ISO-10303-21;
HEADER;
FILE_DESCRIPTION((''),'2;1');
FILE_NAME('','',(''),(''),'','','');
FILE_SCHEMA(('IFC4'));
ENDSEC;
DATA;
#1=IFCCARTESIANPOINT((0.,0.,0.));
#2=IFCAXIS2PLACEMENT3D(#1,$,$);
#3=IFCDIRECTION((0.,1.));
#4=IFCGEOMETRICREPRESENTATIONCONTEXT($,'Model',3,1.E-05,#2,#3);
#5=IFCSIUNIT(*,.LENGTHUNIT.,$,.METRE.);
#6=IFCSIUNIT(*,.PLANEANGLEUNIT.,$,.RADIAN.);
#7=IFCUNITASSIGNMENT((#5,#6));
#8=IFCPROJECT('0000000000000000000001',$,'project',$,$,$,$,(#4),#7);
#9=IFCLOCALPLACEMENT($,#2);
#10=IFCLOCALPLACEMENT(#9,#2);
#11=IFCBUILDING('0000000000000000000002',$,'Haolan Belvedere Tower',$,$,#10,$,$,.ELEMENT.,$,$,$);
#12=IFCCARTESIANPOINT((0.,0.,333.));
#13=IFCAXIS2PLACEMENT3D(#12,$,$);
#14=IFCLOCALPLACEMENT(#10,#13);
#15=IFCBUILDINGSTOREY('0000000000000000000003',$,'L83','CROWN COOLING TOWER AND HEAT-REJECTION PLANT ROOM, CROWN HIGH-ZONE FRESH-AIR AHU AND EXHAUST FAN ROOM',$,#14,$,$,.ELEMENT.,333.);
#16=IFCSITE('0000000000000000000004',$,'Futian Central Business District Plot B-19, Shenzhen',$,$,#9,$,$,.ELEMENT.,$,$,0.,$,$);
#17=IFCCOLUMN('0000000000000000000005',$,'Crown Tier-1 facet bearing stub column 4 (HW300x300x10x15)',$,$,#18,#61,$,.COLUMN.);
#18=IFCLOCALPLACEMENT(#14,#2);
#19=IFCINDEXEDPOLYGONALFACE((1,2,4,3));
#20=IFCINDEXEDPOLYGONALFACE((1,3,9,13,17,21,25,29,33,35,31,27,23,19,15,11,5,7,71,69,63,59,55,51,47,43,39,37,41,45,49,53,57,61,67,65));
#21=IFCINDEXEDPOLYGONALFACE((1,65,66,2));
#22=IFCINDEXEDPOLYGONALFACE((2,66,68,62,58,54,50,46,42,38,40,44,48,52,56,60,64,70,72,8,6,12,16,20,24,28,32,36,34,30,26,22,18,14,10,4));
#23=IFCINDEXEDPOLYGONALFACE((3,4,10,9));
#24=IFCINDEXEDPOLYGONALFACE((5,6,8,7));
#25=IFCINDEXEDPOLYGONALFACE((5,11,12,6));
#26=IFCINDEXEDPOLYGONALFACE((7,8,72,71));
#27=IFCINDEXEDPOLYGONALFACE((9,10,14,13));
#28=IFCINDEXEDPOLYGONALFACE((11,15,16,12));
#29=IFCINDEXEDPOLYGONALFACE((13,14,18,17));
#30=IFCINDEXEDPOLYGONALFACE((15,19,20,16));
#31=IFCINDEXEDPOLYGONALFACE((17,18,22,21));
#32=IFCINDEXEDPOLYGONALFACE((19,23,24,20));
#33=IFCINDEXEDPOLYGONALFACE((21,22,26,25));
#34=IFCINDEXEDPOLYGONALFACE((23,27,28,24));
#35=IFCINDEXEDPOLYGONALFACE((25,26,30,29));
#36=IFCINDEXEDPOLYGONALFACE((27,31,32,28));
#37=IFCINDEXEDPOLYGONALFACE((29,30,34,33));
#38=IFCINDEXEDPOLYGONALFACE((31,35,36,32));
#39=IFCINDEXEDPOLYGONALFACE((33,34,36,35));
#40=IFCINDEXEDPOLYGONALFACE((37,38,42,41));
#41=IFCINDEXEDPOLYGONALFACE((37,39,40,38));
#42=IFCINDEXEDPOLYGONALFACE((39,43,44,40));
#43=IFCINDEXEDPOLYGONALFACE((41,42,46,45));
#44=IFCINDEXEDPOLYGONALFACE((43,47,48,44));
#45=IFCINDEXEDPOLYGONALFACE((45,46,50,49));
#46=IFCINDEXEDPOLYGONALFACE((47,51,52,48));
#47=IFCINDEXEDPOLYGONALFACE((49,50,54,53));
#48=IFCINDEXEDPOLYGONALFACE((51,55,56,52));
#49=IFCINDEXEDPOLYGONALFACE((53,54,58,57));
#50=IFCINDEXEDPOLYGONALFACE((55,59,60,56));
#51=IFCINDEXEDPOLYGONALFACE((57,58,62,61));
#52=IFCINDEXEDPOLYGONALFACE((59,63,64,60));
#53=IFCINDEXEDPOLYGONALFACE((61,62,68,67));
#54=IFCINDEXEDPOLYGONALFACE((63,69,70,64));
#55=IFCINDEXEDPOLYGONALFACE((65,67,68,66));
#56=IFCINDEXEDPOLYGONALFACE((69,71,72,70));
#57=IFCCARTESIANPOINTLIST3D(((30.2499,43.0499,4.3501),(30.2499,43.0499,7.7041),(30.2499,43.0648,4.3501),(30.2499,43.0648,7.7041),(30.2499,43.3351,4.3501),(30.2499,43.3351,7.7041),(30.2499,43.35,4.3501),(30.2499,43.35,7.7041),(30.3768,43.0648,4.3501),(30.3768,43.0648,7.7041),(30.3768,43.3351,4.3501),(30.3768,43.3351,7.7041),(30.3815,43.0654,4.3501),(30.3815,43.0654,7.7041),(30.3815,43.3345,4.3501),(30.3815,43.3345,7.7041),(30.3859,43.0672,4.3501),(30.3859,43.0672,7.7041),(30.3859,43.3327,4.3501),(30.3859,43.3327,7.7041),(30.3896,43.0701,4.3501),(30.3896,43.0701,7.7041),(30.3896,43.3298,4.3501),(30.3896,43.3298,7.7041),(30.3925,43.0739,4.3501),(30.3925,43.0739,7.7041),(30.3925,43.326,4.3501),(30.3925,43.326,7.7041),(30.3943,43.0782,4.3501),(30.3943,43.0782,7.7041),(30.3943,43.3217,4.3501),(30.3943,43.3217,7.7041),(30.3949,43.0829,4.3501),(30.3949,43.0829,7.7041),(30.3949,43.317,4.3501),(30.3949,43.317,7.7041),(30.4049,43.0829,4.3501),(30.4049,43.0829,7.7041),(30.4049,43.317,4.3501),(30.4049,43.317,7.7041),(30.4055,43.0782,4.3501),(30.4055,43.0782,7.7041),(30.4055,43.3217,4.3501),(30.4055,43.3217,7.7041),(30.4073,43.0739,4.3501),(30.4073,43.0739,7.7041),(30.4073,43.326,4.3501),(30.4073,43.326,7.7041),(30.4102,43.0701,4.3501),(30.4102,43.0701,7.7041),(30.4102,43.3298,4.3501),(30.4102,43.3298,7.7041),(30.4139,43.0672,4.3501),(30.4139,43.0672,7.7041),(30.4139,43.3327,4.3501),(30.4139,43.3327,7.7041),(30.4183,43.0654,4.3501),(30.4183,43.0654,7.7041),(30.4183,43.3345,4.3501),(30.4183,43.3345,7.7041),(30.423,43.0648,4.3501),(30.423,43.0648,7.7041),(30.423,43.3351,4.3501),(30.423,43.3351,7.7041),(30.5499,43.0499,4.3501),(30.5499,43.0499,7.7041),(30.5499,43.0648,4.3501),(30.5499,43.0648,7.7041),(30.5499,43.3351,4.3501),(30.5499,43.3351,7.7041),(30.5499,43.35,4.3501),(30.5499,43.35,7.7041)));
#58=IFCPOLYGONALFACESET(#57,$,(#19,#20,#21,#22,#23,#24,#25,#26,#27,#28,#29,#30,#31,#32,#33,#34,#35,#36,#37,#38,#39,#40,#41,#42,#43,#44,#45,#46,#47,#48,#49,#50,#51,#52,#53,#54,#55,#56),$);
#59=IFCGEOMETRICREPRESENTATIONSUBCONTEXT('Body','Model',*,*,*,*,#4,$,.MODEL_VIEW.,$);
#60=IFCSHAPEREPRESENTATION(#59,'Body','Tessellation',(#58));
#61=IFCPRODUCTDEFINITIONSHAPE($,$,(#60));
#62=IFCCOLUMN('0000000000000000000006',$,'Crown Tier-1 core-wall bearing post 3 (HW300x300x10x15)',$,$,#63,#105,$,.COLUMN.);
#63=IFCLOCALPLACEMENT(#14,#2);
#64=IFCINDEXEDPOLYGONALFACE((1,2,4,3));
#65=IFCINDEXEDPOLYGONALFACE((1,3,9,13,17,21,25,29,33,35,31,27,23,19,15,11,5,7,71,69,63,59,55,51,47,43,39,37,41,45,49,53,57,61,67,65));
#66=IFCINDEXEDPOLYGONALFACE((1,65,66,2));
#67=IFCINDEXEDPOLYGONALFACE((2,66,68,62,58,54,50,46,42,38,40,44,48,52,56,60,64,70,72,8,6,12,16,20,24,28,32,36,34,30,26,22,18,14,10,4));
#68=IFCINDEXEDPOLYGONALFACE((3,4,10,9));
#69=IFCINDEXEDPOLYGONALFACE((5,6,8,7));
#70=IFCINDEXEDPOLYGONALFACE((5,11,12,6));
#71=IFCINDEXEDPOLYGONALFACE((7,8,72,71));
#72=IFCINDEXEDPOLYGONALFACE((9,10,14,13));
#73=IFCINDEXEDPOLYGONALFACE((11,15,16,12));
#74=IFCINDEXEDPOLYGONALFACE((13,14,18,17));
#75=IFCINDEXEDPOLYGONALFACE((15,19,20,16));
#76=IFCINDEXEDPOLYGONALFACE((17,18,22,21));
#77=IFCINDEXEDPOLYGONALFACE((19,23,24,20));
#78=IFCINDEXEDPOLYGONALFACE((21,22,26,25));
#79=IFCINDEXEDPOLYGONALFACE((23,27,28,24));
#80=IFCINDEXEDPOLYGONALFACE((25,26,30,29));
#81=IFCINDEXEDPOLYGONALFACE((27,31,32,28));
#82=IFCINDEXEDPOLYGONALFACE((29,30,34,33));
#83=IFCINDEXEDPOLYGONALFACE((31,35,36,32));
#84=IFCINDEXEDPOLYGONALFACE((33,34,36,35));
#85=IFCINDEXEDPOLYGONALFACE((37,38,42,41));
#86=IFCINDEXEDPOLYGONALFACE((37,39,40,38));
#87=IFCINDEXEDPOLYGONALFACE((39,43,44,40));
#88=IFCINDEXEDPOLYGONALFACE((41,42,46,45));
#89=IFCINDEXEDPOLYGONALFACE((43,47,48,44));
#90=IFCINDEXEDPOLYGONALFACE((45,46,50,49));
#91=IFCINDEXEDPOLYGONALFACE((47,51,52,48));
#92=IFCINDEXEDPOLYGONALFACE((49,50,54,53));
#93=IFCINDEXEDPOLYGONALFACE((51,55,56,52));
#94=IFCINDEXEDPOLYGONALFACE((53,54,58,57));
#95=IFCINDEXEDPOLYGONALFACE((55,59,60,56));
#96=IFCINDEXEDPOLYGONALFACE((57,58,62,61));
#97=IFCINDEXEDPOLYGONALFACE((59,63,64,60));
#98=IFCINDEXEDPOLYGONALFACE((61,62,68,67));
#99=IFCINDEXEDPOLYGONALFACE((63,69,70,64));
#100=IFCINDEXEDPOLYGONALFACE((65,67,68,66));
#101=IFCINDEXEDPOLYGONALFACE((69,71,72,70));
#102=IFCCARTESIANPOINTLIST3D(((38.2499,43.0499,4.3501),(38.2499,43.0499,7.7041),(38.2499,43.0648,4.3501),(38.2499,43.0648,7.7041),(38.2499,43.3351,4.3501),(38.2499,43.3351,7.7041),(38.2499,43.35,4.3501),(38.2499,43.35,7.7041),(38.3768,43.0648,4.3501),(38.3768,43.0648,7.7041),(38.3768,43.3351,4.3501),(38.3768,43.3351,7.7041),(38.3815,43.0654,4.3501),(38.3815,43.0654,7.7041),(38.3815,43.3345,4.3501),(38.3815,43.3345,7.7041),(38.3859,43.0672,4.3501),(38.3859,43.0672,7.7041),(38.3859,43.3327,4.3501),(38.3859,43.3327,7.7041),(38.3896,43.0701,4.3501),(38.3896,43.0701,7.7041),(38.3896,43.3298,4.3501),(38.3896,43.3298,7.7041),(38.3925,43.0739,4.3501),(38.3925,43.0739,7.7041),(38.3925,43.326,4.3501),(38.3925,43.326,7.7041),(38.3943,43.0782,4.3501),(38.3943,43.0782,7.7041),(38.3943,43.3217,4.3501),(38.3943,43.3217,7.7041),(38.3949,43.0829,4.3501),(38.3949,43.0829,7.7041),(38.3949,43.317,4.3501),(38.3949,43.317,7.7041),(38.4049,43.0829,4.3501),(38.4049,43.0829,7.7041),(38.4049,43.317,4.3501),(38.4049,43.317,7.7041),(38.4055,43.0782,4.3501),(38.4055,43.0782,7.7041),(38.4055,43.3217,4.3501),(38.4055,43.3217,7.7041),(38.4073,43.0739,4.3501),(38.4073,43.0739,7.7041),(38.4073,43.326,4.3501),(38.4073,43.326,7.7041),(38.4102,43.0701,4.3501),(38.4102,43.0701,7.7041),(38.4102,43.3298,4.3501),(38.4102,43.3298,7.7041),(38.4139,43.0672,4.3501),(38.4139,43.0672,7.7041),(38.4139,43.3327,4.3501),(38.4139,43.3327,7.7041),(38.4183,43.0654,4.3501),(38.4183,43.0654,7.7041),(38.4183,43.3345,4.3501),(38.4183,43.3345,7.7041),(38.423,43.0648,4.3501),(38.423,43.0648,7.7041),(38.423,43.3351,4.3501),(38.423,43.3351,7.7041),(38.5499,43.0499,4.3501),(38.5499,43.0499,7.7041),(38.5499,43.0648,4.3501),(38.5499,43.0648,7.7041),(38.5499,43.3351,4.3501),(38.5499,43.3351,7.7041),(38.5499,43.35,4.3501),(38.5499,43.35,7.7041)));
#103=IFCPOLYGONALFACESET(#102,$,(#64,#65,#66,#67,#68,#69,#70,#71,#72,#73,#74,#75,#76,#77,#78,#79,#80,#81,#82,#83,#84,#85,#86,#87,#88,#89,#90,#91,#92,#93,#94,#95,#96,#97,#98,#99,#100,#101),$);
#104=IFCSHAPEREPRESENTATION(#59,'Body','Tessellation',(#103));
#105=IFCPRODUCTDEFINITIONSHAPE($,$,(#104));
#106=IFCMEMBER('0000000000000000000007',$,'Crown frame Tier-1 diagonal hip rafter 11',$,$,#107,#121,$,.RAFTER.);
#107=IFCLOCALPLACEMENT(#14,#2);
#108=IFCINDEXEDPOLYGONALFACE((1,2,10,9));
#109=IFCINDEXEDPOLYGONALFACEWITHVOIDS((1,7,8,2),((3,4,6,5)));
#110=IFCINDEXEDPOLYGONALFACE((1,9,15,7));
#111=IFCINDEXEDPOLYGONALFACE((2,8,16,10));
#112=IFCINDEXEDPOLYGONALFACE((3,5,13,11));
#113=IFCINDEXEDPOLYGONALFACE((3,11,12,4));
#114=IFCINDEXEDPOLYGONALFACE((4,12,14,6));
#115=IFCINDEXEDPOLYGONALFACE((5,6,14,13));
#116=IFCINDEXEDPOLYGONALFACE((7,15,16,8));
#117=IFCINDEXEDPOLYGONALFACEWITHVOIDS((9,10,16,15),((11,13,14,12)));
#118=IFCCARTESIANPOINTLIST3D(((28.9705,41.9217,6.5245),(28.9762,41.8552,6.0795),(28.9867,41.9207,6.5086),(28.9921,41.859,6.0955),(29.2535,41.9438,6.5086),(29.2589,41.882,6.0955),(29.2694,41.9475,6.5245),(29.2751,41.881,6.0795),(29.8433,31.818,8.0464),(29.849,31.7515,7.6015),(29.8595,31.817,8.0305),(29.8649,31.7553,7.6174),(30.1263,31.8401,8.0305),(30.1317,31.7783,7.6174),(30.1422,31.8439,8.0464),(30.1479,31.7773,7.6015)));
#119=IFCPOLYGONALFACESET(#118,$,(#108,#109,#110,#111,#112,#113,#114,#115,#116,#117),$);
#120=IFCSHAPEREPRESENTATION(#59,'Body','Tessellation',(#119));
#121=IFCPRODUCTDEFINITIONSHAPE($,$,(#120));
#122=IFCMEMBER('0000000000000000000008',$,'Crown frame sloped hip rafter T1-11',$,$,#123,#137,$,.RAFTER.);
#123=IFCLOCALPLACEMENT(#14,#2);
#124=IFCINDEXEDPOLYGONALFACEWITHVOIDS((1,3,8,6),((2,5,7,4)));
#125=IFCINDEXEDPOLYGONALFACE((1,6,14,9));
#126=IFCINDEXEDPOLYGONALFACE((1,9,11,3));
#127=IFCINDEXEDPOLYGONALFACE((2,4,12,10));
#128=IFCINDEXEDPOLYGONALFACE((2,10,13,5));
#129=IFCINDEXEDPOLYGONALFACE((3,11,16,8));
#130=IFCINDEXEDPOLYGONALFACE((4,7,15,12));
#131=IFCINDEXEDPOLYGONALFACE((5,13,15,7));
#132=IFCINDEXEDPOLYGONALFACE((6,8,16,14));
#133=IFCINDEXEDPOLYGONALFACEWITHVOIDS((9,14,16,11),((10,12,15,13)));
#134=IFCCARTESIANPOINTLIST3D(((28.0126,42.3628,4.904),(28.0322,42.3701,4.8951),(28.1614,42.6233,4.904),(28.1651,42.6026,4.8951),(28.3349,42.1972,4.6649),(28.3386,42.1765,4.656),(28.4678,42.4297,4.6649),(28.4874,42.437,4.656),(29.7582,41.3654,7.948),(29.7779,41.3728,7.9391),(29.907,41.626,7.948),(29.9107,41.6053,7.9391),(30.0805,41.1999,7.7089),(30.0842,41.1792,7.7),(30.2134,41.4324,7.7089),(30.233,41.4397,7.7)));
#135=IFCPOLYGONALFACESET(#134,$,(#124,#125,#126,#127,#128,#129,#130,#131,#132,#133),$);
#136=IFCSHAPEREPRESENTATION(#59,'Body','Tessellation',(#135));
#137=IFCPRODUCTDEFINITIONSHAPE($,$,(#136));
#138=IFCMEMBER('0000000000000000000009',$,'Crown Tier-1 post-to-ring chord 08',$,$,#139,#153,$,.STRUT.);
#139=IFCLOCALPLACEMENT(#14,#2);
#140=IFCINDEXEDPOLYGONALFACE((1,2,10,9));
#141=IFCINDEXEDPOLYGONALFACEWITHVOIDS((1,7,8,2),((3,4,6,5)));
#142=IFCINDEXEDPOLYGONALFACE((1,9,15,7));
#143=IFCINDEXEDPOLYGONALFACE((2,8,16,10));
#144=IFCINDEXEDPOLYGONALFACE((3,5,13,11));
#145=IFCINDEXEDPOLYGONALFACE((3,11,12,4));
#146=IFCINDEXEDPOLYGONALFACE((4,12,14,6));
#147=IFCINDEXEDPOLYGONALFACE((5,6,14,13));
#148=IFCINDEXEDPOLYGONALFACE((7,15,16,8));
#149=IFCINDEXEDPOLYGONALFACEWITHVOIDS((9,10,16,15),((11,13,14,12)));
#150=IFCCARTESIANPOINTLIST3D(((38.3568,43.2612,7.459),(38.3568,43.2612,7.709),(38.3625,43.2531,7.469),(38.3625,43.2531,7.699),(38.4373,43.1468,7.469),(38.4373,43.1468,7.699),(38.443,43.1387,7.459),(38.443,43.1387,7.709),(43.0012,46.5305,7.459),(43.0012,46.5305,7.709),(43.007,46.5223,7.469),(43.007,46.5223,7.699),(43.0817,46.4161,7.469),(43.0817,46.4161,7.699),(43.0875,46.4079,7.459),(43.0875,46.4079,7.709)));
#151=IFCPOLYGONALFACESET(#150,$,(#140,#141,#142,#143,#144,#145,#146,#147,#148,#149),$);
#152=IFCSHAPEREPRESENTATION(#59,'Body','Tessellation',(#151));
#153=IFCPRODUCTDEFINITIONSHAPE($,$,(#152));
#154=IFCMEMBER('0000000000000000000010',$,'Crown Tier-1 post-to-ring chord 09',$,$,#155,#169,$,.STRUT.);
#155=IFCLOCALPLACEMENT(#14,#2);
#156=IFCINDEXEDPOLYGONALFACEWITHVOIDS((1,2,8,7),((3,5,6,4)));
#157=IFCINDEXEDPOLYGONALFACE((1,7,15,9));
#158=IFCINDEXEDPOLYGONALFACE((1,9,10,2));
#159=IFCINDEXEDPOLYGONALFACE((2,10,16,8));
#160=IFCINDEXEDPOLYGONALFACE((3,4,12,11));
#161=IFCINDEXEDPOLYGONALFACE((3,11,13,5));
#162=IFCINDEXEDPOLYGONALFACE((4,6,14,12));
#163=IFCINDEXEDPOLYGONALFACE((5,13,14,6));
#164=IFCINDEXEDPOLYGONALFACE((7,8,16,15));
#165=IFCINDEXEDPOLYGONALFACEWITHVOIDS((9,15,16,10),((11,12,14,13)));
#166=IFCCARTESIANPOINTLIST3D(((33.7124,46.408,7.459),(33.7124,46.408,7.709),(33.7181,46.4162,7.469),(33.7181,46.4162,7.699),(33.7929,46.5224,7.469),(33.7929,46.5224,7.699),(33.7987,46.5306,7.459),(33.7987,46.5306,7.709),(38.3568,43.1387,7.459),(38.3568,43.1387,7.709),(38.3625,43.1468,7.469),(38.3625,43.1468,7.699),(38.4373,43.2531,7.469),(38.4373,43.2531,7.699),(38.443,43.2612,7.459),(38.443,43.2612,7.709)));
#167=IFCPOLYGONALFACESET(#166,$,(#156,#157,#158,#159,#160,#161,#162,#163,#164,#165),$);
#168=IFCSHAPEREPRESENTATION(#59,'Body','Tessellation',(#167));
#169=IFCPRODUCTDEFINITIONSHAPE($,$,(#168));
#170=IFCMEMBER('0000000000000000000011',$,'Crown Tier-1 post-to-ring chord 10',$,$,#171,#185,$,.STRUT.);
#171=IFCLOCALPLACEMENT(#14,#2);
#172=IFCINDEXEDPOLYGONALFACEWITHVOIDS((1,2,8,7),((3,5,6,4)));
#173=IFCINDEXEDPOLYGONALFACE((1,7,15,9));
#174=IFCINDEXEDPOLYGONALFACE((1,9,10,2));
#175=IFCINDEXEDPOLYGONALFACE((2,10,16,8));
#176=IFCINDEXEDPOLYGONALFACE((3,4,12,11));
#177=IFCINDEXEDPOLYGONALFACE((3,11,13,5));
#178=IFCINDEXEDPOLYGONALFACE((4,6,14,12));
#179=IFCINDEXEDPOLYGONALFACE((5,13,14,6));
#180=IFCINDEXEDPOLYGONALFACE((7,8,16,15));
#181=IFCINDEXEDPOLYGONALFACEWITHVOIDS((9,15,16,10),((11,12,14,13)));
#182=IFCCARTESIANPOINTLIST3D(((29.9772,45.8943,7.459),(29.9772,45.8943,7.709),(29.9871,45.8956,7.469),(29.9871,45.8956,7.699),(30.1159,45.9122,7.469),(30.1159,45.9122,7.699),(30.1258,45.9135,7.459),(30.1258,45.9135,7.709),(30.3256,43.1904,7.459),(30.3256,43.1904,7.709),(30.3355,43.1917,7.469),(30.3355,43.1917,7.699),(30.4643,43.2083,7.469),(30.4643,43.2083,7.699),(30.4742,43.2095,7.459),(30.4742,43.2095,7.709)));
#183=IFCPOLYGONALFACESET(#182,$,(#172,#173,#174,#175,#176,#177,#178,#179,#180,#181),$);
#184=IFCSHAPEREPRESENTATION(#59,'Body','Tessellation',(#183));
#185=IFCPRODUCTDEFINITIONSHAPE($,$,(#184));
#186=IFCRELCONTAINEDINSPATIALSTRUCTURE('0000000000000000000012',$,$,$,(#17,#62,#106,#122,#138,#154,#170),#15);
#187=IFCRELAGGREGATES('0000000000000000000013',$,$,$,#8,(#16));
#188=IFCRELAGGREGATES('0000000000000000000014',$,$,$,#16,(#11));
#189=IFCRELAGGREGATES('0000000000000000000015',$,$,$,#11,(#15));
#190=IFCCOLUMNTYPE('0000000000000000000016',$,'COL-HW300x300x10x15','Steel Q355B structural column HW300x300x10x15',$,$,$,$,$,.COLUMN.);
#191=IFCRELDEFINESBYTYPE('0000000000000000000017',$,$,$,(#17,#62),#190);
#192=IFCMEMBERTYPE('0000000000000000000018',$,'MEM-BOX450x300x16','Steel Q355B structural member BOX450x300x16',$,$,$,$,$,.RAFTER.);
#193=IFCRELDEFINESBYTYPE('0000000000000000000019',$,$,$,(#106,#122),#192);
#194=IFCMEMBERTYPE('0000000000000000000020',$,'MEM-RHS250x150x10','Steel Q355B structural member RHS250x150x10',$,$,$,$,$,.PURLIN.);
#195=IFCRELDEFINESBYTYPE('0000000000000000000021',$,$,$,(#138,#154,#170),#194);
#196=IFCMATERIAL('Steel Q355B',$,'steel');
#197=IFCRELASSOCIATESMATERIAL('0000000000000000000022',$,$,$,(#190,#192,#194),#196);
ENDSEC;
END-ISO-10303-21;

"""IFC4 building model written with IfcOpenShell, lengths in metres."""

from ifc_helpers import new_model, si_unit, direction, frame, origin, origin_2d, place, context, subcontext, project, spatial, hollow_rectangle, i_section, extrude, material, material_profile, profile_set, type_object, element, save


model = new_model("IFC4")

# Units and contexts
model_context = context("Model", 3, precision=1e-05, world=origin(), true_north=direction((0.0, 1.0)))
body_context = subcontext(model_context, "Body", "Model", "MODEL_VIEW")
ifc_project = project(units=[si_unit("LENGTHUNIT", "METRE"), si_unit("PLANEANGLEUNIT", "RADIAN")], contexts=[model_context])

# Site, building, storey
site_placement = place(None, origin())
site = spatial("IfcSite", under=ifc_project, at=site_placement, Name="Futian Central Business District Plot B-19, Shenzhen", CompositionType="ELEMENT", RefElevation=0.0)
building_placement = place(site_placement, origin())
building = spatial("IfcBuilding", under=site, at=building_placement, Name="Haolan Belvedere Tower", CompositionType="ELEMENT")
storey_placement = place(building_placement, frame((0.0, 0.0, 333.0)))
storey = spatial("IfcBuildingStorey", under=building, at=storey_placement, Name="L83", Description="CROWN COOLING TOWER AND HEAT-REJECTION PLANT ROOM, CROWN HIGH-ZONE FRESH-AIR AHU AND EXHAUST FAN ROOM", CompositionType="ELEMENT", Elevation=333.0)

# Columns
ifc_material_1 = material(Name="Steel Q355B", Category="steel")
ifc_material_profile_1 = material_profile(ifc_material_1, i_section(OverallWidth=0.3, OverallDepth=0.3, WebThickness=0.01, FlangeThickness=0.0149, FilletRadius=0.0181, at=origin_2d()), Name="Steel Q355B")
ifc_profile_set_1 = profile_set([ifc_material_profile_1], Name="Steel Q355B")
column_type = type_object("IfcColumnType", Name="COL-HW300x300x10x15", Description="Steel Q355B structural column HW300x300x10x15", PredefinedType="COLUMN", material=ifc_profile_set_1)
for number, where, z_axis, x_axis, name in (
    (1, (30.3999, 43.2, 4.3501), (0.0, 0.0, 1.0), (1.0, 0.0, 0.0), "Crown Tier-1 facet bearing stub column 4 (HW300x300x10x15)"),
    (2, (38.3999, 43.2, 4.3501), (0.0, 0.0, 1.0), (1.0, 0.0, 0.0), "Crown Tier-1 core-wall bearing post 3 (HW300x300x10x15)"),
):
    element("IfcColumn", number, at=place(storey_placement, frame(where, z_axis=z_axis, x_axis=x_axis)), inside=storey, type_object=column_type, Name=name, PredefinedType="COLUMN", context=body_context, shape_type="SweptSolid", body=[
        extrude(i_section(OverallWidth=0.3, OverallDepth=0.3, WebThickness=0.01, FlangeThickness=0.0149, FilletRadius=0.0181, at=origin_2d()), origin(), (0.0, 0.0, 1.0), 3.354),
    ])

# Members
ifc_material_profile_2 = material_profile(ifc_material_1, hollow_rectangle(XDim=0.3, YDim=0.45, WallThickness=0.0161, at=origin_2d()), Name="Steel Q355B")
ifc_profile_set_2 = profile_set([ifc_material_profile_2], Name="Steel Q355B")
member_type_1 = type_object("IfcMemberType", Name="MEM-BOX450x300x16", Description="Steel Q355B structural member BOX450x300x16", PredefinedType="RAFTER", material=ifc_profile_set_2)
member_1_placement = place(storey_placement, frame((29.1228, 41.9014, 6.302), z_axis=(0.08511, -0.985256, 0.148413), x_axis=(0.99629, 0.086063, 0.0)))
element("IfcMember", 3, at=member_1_placement, inside=storey, type_object=member_type_1, Name="Crown frame Tier-1 diagonal hip rafter 11", PredefinedType="RAFTER", context=body_context, shape_type="SweptSolid", body=[
    extrude(hollow_rectangle(XDim=0.3, YDim=0.45, WallThickness=0.0161, at=origin_2d()), origin(), (0.0, 0.0, 1.0), 10.2549),
])
member_2_placement = place(storey_placement, frame((28.25, 42.3999, 4.78), z_axis=(0.47852, -0.273392, 0.834431), x_axis=(0.496074, 0.868281, 0.0)))
element("IfcMember", 4, at=member_2_placement, inside=storey, type_object=member_type_1, Name="Crown frame sloped hip rafter T1-11", PredefinedType="RAFTER", context=body_context, shape_type="SweptSolid", body=[
    extrude(hollow_rectangle(XDim=0.3, YDim=0.45, WallThickness=0.0161, at=origin_2d()), origin(), (0.0, 0.0, 1.0), 3.6479),
])
ifc_material_profile_3 = material_profile(ifc_material_1, hollow_rectangle(XDim=0.1499, YDim=0.25, WallThickness=0.01, at=origin_2d()), Name="Steel Q355B")
ifc_profile_set_3 = profile_set([ifc_material_profile_3], Name="Steel Q355B")
member_type_2 = type_object("IfcMemberType", Name="MEM-RHS250x150x10", Description="Steel Q355B structural member RHS250x150x10", PredefinedType="PURLIN", material=ifc_profile_set_3)
for number, where, z_axis, x_axis, name in (
    (5, (38.3999, 43.2, 7.584), (0.817731, 0.575601, 0.0), (-0.575601, 0.817731, 0.0), "Crown Tier-1 post-to-ring chord 08"),
    (6, (38.3999, 43.2, 7.584), (-0.817716, 0.575621, 0.0), (-0.575621, -0.817716, 0.0), "Crown Tier-1 post-to-ring chord 09"),
):
    element("IfcMember", number, at=place(storey_placement, frame(where, z_axis=z_axis, x_axis=x_axis)), inside=storey, type_object=member_type_2, Name=name, PredefinedType="STRUT", context=body_context, shape_type="SweptSolid", body=[
        extrude(hollow_rectangle(XDim=0.1499, YDim=0.25, WallThickness=0.01, at=origin_2d()), origin(), (0.0, 0.0, 1.0), 5.6797),
    ])
member_3_placement = place(storey_placement, frame((30.3999, 43.2, 7.584), z_axis=(-0.127792, 0.991801, 0.0), x_axis=(-0.991801, -0.127792, 0.0)))
element("IfcMember", 7, at=member_3_placement, inside=storey, type_object=member_type_2, Name="Crown Tier-1 post-to-ring chord 10", PredefinedType="STRUT", context=body_context, shape_type="SweptSolid", body=[
    extrude(hollow_rectangle(XDim=0.1499, YDim=0.25, WallThickness=0.01, at=origin_2d()), origin(), (0.0, 0.0, 1.0), 2.7263),
])

save(model, "model.ifc")
